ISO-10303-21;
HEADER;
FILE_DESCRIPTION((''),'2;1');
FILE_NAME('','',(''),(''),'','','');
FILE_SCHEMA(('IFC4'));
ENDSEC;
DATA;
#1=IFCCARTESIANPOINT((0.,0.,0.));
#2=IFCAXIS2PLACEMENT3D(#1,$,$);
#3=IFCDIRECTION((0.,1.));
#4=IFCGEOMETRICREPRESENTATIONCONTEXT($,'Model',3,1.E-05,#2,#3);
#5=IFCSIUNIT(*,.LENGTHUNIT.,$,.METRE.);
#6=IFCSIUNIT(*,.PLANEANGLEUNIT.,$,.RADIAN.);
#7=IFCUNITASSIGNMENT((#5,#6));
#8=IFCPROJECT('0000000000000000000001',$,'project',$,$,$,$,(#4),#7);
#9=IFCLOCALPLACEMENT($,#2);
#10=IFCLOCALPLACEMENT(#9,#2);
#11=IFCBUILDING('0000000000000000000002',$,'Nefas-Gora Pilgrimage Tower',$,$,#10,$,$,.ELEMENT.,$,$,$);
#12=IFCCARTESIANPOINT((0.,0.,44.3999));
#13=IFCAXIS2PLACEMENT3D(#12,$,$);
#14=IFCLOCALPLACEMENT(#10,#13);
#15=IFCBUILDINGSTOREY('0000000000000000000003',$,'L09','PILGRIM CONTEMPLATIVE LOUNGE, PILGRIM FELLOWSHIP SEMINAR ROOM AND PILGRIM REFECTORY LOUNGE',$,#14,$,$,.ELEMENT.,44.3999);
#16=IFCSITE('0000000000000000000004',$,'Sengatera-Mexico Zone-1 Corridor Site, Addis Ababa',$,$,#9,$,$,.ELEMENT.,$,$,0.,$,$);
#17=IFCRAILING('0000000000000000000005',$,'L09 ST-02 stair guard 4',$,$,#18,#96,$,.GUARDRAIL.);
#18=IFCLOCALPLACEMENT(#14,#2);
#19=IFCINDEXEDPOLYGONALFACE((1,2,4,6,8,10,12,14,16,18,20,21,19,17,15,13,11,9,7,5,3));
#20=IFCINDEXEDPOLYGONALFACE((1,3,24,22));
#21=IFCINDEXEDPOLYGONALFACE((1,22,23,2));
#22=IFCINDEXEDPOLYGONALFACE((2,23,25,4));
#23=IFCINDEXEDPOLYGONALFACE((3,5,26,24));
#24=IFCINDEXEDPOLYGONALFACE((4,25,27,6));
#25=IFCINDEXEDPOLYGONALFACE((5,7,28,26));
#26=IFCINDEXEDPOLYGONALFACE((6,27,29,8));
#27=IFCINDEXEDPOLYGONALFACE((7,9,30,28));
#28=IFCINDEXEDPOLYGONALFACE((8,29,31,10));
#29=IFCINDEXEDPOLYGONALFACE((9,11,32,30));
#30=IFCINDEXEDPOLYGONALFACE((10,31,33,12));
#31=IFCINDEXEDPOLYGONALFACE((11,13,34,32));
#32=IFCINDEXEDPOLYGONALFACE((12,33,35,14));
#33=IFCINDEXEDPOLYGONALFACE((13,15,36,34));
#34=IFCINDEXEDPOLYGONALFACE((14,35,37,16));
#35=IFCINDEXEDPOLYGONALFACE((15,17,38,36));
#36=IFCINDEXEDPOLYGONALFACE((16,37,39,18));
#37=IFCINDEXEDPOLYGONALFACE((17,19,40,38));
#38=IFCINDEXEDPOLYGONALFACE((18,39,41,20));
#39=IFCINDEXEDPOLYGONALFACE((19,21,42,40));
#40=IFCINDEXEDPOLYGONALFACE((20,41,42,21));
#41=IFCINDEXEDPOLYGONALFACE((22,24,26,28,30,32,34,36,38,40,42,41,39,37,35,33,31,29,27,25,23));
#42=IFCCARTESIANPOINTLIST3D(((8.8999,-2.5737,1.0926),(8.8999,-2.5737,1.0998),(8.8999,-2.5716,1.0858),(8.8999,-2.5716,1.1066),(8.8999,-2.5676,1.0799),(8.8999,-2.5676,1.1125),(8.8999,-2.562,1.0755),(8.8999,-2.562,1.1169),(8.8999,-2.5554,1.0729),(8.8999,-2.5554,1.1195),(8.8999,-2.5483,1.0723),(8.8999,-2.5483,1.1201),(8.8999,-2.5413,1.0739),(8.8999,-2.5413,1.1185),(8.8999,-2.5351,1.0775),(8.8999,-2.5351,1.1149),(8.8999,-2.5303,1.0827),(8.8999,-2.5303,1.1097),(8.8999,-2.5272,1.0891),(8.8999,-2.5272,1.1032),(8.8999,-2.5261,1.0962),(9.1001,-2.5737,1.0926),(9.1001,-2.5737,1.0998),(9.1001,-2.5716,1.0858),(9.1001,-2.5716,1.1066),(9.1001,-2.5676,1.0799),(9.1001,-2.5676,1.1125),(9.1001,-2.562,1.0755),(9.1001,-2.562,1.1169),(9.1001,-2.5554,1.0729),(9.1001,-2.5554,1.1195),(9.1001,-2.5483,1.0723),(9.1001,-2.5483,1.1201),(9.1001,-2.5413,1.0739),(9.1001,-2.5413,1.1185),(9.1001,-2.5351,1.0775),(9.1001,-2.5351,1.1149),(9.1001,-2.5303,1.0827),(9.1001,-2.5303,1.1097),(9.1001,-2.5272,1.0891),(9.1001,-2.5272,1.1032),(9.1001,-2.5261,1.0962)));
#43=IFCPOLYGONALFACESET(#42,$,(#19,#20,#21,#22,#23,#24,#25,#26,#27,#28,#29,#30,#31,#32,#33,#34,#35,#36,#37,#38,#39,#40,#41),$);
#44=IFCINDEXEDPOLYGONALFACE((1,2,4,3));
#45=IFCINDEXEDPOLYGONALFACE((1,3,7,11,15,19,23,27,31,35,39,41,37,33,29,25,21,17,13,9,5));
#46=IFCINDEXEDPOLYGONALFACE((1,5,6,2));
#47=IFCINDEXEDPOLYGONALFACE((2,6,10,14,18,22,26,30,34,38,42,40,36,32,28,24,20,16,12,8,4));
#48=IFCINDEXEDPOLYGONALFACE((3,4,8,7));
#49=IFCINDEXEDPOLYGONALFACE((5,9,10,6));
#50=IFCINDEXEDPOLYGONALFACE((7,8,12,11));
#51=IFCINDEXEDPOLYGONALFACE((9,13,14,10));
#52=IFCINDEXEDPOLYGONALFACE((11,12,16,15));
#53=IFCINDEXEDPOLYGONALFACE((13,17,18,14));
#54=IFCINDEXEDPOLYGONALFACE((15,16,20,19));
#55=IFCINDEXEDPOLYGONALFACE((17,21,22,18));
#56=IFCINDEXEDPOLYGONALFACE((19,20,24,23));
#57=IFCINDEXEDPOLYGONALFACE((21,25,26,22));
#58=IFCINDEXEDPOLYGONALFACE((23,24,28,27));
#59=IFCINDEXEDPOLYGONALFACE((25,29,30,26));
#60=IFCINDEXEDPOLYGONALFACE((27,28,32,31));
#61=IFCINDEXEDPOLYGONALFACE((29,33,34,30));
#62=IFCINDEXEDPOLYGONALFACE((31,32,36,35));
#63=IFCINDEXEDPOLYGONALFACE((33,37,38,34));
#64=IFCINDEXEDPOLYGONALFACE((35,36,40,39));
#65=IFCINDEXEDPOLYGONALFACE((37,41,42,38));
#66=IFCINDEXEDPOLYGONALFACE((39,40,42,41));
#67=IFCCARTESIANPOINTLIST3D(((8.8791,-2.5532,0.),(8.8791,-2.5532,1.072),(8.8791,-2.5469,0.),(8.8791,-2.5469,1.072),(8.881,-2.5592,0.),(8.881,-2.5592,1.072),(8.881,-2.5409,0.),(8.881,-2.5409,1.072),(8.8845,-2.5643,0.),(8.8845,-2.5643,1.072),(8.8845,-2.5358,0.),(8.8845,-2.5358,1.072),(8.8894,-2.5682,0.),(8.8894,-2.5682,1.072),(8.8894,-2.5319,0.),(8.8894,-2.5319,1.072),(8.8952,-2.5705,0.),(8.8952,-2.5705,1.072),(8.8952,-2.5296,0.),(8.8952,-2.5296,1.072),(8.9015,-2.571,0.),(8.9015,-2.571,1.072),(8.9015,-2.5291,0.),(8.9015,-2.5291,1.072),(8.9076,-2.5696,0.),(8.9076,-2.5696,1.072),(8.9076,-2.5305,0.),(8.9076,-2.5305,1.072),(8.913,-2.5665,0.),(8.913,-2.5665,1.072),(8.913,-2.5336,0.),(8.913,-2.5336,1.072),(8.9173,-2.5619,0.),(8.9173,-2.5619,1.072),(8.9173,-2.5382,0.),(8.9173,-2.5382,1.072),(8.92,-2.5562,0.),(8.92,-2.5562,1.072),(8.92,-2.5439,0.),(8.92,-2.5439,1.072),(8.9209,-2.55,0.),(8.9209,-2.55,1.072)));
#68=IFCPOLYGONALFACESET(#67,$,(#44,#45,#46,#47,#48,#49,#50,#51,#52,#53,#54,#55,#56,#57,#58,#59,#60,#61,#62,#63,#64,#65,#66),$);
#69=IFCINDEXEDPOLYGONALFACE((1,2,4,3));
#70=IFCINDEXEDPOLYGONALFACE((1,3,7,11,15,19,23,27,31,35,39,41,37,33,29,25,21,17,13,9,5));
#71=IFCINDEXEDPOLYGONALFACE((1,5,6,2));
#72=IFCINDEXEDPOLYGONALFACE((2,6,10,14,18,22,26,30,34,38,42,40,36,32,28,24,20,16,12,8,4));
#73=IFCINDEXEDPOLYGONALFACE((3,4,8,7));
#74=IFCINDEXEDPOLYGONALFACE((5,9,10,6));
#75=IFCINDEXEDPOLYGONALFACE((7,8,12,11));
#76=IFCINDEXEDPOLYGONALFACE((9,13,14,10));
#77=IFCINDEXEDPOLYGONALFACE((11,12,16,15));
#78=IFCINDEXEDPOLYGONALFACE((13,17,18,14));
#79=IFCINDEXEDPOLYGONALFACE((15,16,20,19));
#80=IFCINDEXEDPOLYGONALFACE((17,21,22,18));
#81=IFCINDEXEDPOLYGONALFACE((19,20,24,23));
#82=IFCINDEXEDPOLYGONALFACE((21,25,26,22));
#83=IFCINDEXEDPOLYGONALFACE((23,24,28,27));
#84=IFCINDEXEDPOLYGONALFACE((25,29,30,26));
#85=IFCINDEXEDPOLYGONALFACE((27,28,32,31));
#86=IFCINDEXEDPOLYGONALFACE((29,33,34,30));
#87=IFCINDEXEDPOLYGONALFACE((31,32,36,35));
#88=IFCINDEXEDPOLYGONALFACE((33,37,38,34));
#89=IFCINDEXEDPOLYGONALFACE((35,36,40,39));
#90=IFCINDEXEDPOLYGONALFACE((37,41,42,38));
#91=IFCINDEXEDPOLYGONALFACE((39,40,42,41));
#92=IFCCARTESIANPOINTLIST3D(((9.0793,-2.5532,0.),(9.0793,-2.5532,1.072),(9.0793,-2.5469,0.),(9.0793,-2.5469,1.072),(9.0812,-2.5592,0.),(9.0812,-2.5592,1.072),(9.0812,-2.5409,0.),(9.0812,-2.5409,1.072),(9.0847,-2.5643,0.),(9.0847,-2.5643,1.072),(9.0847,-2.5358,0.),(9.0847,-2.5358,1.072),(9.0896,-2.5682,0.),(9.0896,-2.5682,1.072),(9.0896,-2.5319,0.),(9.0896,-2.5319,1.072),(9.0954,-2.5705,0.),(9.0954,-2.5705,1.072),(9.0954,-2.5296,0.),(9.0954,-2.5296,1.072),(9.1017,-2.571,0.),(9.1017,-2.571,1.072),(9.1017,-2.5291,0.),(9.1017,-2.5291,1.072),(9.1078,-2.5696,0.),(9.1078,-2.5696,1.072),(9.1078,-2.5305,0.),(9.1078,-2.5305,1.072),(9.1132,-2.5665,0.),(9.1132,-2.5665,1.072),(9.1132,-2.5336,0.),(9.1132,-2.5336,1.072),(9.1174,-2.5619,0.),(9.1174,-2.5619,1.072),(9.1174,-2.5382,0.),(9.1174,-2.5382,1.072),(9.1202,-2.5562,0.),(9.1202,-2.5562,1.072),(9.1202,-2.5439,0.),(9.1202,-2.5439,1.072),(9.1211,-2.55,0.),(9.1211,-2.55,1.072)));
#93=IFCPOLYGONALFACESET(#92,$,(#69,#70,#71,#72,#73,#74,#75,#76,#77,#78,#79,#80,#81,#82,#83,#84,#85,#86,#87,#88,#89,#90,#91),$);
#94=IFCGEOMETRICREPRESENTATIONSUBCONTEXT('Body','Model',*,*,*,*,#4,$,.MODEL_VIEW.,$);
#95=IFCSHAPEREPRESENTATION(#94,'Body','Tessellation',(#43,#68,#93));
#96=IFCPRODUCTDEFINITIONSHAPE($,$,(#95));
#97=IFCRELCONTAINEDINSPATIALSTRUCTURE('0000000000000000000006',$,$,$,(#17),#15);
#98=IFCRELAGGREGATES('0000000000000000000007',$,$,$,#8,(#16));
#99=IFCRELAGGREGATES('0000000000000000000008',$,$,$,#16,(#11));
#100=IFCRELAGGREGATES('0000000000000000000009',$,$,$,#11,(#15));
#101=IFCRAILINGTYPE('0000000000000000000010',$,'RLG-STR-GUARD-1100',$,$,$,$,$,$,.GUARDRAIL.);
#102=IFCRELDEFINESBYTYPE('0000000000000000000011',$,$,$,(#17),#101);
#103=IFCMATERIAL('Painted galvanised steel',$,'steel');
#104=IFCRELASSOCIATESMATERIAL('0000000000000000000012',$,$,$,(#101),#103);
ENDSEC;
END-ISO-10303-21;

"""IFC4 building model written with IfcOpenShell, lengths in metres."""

from ifc_helpers import new_model, si_unit, direction, frame, origin, origin_2d, place, context, subcontext, project, spatial, circle, extrude, material, type_object, element, save


model = new_model("IFC4")

# Units and contexts
model_context = context("Model", 3, precision=1e-05, world=origin(), true_north=direction((0.0, 1.0)))
body_context = subcontext(model_context, "Body", "Model", "MODEL_VIEW")
ifc_project = project(units=[si_unit("LENGTHUNIT", "METRE"), si_unit("PLANEANGLEUNIT", "RADIAN")], contexts=[model_context])

# Site, building, storey
site_placement = place(None, origin())
site = spatial("IfcSite", under=ifc_project, at=site_placement, Name="Sengatera-Mexico Zone-1 Corridor Site, Addis Ababa", CompositionType="ELEMENT", RefElevation=0.0)
building_placement = place(site_placement, origin())
building = spatial("IfcBuilding", under=site, at=building_placement, Name="Nefas-Gora Pilgrimage Tower", CompositionType="ELEMENT")
storey_placement = place(building_placement, frame((0.0, 0.0, 44.3999)))
storey = spatial("IfcBuildingStorey", under=building, at=storey_placement, Name="L09", Description="PILGRIM CONTEMPLATIVE LOUNGE, PILGRIM FELLOWSHIP SEMINAR ROOM AND PILGRIM REFECTORY LOUNGE", CompositionType="ELEMENT", Elevation=44.3999)

# Railing
ifc_material_1 = material(Name="Painted galvanised steel", Category="steel")
railing_type_1 = type_object("IfcRailingType", Name="RLG-STR-GUARD-1100", PredefinedType="GUARDRAIL", material=ifc_material_1)
railing_1_placement = place(storey_placement, frame((8.8999, -2.55, 0.0)))
element("IfcRailing", 1, at=railing_1_placement, inside=storey, type_object=railing_type_1, Name="L09 ST-02 stair guard 4", PredefinedType="GUARDRAIL", context=body_context, shape_type="SweptSolid", body=[
    extrude(circle(Radius=0.0239, at=origin_2d()), frame((0.0, 0.0, 1.0962), z_axis=(1.0, 0.0, 0.0), x_axis=(0.0, 1.0, 0.0)), (0.0, 0.0, 1.0), 0.2002),
    extrude(circle(Radius=0.021, at=origin_2d()), origin(), (0.0, 0.0, 1.0), 1.072),
    extrude(circle(Radius=0.021, at=origin_2d()), frame((0.2002, 0.0, 0.0)), (0.0, 0.0, 1.0), 1.072),
])

save(model, "model.ifc")
